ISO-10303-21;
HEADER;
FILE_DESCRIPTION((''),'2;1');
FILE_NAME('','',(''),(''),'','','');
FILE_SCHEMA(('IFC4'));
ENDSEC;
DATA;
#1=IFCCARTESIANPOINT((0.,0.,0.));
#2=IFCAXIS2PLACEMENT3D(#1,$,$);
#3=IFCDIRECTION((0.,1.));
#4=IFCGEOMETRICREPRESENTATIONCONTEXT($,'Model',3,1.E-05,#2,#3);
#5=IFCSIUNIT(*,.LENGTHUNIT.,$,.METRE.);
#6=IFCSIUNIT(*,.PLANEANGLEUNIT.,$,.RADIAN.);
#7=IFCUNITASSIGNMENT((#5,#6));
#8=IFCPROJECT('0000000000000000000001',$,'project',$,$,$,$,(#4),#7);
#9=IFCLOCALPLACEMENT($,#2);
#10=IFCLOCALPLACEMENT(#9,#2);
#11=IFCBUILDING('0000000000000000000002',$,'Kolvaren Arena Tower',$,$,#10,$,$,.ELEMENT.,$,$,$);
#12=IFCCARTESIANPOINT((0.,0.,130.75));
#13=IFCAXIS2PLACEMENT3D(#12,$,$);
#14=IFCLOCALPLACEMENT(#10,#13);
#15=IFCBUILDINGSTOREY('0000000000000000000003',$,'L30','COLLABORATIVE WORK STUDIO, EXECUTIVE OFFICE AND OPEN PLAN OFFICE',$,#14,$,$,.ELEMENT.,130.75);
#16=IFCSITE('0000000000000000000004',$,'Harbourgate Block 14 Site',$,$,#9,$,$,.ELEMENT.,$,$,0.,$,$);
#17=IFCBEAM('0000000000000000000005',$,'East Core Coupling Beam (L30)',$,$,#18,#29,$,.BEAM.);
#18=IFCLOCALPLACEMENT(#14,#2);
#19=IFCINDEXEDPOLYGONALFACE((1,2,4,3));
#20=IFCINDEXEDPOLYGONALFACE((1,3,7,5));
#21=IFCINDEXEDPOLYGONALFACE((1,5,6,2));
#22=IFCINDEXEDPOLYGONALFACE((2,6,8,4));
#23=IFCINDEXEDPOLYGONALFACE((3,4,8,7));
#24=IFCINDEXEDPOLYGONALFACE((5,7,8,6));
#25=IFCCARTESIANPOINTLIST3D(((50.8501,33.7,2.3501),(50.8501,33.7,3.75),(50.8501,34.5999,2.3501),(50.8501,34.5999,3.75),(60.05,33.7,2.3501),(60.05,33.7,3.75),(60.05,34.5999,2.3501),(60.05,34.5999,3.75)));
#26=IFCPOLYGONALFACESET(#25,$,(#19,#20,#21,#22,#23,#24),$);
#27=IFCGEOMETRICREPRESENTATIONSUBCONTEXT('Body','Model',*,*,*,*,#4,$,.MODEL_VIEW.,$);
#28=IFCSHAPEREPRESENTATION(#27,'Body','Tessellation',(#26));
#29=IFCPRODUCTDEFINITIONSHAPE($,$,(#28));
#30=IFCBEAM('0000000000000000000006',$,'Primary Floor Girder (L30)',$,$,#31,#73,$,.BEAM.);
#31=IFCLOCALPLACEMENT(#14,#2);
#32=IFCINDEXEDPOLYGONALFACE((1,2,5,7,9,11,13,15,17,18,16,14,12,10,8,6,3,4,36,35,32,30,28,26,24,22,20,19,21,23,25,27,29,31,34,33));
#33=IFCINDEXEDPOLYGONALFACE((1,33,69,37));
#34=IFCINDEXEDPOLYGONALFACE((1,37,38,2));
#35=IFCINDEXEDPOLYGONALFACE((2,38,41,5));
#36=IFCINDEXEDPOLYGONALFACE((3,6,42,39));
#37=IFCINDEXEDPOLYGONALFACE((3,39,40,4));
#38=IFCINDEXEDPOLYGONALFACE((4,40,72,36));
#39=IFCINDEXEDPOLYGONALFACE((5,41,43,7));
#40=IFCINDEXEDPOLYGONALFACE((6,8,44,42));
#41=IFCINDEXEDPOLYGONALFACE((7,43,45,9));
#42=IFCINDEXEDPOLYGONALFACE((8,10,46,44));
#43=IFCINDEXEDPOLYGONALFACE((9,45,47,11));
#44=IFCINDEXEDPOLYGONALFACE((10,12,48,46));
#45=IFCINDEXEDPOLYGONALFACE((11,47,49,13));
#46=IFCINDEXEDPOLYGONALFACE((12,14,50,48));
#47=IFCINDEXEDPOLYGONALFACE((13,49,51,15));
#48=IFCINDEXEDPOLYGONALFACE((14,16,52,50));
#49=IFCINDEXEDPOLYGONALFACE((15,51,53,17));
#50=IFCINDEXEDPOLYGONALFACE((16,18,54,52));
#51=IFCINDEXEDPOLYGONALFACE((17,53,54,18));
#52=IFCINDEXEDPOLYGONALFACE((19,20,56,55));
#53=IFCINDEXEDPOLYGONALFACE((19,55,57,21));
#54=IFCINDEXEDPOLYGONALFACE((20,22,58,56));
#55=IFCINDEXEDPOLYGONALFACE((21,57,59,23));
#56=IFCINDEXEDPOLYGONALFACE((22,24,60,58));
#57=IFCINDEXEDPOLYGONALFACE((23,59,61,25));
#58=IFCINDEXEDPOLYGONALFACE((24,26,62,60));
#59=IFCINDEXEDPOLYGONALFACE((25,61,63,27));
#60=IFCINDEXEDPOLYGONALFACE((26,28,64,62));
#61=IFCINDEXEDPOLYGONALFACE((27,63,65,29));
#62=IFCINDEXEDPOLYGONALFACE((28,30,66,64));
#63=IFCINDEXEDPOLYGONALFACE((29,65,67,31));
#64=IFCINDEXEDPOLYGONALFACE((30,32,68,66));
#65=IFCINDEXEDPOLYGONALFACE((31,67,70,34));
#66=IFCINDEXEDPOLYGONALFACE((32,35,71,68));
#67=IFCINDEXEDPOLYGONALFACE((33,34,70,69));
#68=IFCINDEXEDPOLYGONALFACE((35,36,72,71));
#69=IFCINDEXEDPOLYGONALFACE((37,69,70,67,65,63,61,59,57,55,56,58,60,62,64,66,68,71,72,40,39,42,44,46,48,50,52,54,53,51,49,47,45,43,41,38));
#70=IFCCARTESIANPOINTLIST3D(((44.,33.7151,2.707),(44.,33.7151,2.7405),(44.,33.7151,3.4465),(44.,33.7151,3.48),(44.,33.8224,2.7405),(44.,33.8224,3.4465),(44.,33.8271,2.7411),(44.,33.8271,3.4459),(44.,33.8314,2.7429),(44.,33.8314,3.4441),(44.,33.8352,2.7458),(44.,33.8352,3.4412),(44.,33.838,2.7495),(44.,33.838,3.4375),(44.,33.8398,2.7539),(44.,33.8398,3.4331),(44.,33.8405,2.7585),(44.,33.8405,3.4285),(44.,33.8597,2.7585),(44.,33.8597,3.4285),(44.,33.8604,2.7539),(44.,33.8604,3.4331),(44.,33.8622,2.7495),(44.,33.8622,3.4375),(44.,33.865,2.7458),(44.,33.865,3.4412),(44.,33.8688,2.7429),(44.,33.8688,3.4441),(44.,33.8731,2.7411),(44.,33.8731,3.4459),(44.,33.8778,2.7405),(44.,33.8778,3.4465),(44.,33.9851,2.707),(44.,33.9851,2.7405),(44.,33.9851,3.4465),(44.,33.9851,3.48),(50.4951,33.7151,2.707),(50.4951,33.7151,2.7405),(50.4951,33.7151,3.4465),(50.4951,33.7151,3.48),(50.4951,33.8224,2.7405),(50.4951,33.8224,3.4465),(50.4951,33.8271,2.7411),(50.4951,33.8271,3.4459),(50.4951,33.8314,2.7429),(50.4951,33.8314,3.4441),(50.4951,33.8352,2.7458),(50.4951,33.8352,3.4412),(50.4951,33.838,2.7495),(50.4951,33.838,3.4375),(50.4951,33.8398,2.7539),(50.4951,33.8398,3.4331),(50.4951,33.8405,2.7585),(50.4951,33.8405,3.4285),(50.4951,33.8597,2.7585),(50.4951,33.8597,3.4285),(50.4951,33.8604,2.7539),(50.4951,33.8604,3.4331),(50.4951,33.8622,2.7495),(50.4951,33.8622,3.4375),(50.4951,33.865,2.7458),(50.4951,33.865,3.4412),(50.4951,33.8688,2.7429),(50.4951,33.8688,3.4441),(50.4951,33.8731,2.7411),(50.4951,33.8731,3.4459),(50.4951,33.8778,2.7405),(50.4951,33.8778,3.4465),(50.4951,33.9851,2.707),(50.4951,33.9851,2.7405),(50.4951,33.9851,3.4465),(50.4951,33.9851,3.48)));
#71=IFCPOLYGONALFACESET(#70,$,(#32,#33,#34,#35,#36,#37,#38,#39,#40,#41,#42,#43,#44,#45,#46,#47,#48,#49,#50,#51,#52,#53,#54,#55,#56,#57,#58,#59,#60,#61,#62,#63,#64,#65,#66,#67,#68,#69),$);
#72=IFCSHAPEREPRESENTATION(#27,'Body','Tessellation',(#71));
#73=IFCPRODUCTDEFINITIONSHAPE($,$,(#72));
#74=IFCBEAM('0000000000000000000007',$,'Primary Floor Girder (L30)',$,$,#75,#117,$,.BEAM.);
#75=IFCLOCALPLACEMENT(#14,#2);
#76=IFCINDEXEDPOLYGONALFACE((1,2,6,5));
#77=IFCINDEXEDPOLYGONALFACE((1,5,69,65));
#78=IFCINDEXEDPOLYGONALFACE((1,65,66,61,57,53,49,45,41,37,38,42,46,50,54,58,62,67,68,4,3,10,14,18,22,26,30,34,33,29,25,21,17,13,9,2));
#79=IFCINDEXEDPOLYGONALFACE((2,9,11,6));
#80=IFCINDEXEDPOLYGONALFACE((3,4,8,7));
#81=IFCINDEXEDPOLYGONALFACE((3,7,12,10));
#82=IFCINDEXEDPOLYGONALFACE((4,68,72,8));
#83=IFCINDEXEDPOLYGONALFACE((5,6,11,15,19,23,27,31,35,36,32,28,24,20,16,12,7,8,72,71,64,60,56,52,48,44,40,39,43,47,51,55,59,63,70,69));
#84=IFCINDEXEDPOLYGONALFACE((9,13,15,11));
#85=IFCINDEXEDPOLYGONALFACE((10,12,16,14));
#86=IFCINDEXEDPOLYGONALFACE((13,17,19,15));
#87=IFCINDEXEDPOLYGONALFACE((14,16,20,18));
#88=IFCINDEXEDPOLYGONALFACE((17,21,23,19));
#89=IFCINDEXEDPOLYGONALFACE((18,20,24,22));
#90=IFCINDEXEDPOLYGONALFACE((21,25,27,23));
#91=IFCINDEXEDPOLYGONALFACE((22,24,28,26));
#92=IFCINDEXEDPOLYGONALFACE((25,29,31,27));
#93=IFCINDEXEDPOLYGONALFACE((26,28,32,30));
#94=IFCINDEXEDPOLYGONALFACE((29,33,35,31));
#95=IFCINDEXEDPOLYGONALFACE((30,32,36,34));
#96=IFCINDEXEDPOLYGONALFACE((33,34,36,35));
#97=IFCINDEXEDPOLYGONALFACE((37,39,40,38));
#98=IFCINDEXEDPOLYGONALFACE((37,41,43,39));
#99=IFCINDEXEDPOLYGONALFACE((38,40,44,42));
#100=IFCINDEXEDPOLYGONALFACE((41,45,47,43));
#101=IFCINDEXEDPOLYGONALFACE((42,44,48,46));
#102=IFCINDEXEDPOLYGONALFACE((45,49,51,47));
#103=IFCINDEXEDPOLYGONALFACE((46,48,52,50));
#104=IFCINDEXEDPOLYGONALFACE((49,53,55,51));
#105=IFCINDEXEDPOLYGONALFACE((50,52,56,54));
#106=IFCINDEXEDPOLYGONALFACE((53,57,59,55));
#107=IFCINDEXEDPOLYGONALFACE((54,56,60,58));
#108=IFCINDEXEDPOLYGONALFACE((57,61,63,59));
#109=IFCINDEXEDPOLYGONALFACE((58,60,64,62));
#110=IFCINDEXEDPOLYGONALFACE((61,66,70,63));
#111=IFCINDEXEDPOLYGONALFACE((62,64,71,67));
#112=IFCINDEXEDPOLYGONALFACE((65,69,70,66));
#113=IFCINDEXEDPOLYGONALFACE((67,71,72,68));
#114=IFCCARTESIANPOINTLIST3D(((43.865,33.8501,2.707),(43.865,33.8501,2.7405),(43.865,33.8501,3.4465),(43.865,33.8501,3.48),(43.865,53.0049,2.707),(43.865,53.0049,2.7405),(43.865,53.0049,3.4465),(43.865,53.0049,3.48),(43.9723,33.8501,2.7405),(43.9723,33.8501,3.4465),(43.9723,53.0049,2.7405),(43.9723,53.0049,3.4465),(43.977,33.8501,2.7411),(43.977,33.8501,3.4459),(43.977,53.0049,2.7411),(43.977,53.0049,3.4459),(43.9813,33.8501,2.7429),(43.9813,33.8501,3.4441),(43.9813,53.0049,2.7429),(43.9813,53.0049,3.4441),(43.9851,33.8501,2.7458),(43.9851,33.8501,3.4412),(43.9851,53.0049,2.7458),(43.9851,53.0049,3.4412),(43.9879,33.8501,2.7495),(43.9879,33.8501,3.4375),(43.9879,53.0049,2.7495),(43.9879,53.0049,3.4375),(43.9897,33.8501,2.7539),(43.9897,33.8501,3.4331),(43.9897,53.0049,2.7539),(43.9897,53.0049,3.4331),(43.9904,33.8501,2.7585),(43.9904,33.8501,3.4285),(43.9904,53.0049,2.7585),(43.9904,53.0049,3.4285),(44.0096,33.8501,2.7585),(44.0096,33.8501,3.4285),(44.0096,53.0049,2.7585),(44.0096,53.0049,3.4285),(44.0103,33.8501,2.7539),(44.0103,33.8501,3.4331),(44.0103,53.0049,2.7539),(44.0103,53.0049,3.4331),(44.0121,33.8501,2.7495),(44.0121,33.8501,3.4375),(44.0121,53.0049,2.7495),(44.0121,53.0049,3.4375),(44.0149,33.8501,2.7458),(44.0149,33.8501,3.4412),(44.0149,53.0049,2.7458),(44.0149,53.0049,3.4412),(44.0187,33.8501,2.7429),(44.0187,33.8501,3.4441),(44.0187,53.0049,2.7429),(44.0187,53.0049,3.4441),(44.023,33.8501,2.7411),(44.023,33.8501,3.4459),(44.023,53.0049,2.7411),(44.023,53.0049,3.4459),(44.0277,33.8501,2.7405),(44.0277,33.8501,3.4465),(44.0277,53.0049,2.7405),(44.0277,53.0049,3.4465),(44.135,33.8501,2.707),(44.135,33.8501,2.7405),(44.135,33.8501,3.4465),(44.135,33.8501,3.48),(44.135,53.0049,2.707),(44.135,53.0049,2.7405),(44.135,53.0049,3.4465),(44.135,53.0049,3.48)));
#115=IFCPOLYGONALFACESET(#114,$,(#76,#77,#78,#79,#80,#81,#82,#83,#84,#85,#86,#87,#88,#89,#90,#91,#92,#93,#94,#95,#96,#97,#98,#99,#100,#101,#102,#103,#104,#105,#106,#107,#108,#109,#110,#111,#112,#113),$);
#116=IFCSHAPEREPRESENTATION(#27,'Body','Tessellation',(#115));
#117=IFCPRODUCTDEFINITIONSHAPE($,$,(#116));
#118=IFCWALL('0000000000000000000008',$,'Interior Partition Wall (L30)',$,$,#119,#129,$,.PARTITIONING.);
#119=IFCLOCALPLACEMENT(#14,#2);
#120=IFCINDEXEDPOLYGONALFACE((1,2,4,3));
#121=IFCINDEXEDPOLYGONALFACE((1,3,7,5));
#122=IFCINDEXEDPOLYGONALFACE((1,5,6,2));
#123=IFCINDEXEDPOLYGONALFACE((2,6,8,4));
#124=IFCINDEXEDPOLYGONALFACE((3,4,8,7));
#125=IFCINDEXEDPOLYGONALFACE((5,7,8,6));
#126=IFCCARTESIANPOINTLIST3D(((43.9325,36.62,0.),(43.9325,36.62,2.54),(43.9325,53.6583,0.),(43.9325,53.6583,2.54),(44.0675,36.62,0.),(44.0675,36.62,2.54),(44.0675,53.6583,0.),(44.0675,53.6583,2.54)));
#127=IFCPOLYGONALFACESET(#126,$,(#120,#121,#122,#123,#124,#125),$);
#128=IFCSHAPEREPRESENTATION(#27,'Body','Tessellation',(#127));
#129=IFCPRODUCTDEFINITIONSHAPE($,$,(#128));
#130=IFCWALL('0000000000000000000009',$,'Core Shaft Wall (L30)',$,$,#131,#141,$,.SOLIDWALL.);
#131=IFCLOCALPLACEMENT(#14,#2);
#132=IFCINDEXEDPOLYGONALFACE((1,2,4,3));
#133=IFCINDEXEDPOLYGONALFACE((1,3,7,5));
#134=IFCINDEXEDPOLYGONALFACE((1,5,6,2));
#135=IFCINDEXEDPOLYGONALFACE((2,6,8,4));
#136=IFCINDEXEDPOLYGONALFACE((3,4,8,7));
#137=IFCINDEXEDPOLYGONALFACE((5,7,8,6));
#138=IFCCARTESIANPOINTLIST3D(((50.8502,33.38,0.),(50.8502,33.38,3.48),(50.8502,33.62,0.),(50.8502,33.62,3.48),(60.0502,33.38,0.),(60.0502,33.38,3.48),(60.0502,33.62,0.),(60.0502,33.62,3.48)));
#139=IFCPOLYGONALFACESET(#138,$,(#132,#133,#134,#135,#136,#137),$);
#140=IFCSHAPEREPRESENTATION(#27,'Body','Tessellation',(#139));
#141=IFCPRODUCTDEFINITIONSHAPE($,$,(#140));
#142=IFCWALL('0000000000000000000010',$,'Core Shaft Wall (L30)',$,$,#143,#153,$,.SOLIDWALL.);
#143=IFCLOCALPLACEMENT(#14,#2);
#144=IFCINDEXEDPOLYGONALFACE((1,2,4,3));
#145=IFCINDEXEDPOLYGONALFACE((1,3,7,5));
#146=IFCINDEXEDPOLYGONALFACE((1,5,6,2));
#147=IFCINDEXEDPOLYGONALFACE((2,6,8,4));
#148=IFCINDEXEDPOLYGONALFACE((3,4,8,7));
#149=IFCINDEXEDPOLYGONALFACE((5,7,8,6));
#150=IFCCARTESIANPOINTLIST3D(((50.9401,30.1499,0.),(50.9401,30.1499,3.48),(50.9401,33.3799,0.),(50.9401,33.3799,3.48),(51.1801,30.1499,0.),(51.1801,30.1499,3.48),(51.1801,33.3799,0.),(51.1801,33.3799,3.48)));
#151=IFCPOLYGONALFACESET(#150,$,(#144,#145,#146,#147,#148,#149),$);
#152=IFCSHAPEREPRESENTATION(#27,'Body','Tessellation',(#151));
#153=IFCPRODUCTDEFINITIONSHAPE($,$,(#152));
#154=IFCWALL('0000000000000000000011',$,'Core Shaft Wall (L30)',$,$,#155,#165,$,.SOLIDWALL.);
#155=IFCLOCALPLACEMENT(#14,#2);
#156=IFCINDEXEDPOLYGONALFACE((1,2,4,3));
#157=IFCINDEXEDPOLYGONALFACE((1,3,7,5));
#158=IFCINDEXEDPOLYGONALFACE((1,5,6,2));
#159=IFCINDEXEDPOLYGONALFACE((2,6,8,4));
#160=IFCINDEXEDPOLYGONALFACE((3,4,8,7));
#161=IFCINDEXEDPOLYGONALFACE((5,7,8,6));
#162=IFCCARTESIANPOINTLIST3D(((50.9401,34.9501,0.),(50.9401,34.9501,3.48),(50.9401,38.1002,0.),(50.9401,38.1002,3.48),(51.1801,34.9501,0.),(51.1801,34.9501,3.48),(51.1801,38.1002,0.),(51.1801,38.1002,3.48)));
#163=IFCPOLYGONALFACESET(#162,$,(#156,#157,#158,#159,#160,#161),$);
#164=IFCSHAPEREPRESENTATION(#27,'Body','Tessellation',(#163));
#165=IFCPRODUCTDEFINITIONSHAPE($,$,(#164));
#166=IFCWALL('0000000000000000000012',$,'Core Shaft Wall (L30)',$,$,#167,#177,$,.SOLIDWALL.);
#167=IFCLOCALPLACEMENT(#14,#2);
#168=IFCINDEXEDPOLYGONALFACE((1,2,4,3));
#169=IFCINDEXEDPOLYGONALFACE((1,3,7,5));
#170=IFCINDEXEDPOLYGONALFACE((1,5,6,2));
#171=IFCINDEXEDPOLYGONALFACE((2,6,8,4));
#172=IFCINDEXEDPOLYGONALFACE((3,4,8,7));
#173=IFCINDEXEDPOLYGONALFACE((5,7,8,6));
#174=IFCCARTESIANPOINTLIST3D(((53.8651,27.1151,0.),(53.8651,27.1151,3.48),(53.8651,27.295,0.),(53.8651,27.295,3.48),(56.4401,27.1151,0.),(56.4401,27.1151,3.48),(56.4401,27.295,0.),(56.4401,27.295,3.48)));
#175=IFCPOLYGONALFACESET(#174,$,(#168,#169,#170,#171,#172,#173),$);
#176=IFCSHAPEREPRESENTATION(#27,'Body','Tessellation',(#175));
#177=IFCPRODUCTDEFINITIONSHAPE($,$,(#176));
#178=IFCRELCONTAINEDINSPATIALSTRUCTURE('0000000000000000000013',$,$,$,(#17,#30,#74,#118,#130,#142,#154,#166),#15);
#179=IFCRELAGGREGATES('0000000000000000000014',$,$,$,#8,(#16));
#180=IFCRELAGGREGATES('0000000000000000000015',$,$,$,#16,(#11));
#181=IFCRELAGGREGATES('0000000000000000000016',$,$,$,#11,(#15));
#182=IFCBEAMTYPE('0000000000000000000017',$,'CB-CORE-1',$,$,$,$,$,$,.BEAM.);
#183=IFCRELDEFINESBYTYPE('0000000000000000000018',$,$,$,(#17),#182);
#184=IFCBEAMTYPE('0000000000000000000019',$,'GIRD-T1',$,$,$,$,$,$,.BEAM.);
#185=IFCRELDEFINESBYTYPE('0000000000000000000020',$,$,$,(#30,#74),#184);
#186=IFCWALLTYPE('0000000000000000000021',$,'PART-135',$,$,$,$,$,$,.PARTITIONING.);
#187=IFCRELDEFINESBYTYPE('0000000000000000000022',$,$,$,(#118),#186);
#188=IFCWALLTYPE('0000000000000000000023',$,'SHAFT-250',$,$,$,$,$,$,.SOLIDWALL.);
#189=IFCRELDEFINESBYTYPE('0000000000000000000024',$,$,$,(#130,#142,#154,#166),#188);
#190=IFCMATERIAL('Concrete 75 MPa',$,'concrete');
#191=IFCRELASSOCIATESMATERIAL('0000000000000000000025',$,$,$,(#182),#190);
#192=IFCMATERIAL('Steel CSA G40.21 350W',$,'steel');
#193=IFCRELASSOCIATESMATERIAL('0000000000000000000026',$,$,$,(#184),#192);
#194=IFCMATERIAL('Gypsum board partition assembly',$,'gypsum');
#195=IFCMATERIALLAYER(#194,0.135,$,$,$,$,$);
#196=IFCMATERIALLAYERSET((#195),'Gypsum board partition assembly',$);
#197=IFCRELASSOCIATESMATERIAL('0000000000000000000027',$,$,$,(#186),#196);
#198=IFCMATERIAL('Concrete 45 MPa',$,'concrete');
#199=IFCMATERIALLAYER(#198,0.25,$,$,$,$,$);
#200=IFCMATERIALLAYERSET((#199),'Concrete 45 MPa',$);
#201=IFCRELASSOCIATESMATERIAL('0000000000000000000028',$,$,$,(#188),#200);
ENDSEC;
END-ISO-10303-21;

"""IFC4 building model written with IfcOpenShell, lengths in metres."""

from ifc_helpers import new_model, si_unit, direction, frame, frame_2d, origin, origin_2d, place, context, subcontext, project, spatial, rectangle, i_section, extrude, material, layer, layer_set, material_profile, profile_set, type_object, element, save


model = new_model("IFC4")

# Units and contexts
model_context = context("Model", 3, precision=1e-05, world=origin(), true_north=direction((0.0, 1.0)))
body_context = subcontext(model_context, "Body", "Model", "MODEL_VIEW")
ifc_project = project(units=[si_unit("LENGTHUNIT", "METRE"), si_unit("PLANEANGLEUNIT", "RADIAN")], contexts=[model_context])

# Site, building, storey
site_placement = place(None, origin())
site = spatial("IfcSite", under=ifc_project, at=site_placement, Name="Harbourgate Block 14 Site", CompositionType="ELEMENT", RefElevation=0.0)
building_placement = place(site_placement, origin())
building = spatial("IfcBuilding", under=site, at=building_placement, Name="Kolvaren Arena Tower", CompositionType="ELEMENT")
storey_placement = place(building_placement, frame((0.0, 0.0, 130.75)))
storey = spatial("IfcBuildingStorey", under=building, at=storey_placement, Name="L30", Description="COLLABORATIVE WORK STUDIO, EXECUTIVE OFFICE AND OPEN PLAN OFFICE", CompositionType="ELEMENT", Elevation=130.75)

# Beams
ifc_material_1 = material(Name="Steel CSA G40.21 350W", Category="steel")
ifc_material_2 = material(Name="Concrete 75 MPa", Category="concrete")
ifc_material_profile_1 = material_profile(ifc_material_2, rectangle(XDim=0.8999, YDim=1.3999, at=origin_2d()), Name="RC-900x1400")
ifc_profile_set_1 = profile_set([ifc_material_profile_1], Name="Concrete 75 MPa")
beam_type_1 = type_object("IfcBeamType", Name="CB-CORE-1", PredefinedType="BEAM", material=ifc_profile_set_1)
beam_1_placement = place(storey_placement, frame((50.8501, 34.1499, 3.05), z_axis=(1.0, 0.0, 0.0), x_axis=(0.0, 1.0, 0.0)))
element("IfcBeam", 1, at=beam_1_placement, inside=storey, type_object=beam_type_1, Name="East Core Coupling Beam (L30)", PredefinedType="BEAM", context=body_context, shape_type="SweptSolid", body=[
    extrude(rectangle(XDim=0.8999, YDim=1.3999, at=origin_2d()), origin(), (0.0, 0.0, 1.0), 9.2),
])
ifc_material_profile_2 = material_profile(ifc_material_1, i_section(OverallWidth=0.27, OverallDepth=0.7729, WebThickness=0.0193, FlangeThickness=0.0334, FilletRadius=0.0181, at=origin_2d()), Name="W760x257")
ifc_profile_set_2 = profile_set([ifc_material_profile_2], Name="Steel CSA G40.21 350W")
beam_type_2 = type_object("IfcBeamType", Name="GIRD-T1", PredefinedType="BEAM", material=ifc_profile_set_2)
beam_2_placement = place(storey_placement, frame((44.0, 33.8501, 3.0935), z_axis=(1.0, 0.0, 0.0), x_axis=(0.0, 1.0, 0.0)))
element("IfcBeam", 2, at=beam_2_placement, inside=storey, type_object=beam_type_2, Name="Primary Floor Girder (L30)", PredefinedType="BEAM", context=body_context, shape_type="SweptSolid", body=[
    extrude(i_section(OverallWidth=0.27, OverallDepth=0.7729, WebThickness=0.0193, FlangeThickness=0.0334, FilletRadius=0.0181, at=origin_2d()), origin(), (0.0, 0.0, 1.0), 6.4951),
])
beam_3_placement = place(storey_placement, frame((44.0, 33.8501, 3.0935), z_axis=(0.0, 1.0, 0.0), x_axis=(-1.0, 0.0, 0.0)))
element("IfcBeam", 3, at=beam_3_placement, inside=storey, type_object=beam_type_2, Name="Primary Floor Girder (L30)", PredefinedType="BEAM", context=body_context, shape_type="SweptSolid", body=[
    extrude(i_section(OverallWidth=0.27, OverallDepth=0.7729, WebThickness=0.0193, FlangeThickness=0.0334, FilletRadius=0.0181, at=origin_2d()), origin(), (0.0, 0.0, 1.0), 19.1548),
])

# Walls
ifc_material_3 = material(Name="Gypsum board partition assembly", Category="gypsum")
ifc_layer_1 = layer(ifc_material_3, 0.135)
ifc_layer_set_1 = layer_set([ifc_layer_1], Name="Gypsum board partition assembly")
wall_type_1 = type_object("IfcWallType", Name="PART-135", PredefinedType="PARTITIONING", material=ifc_layer_set_1)
wall_1_placement = place(storey_placement, frame((44.0, 36.6201, 0.0), z_axis=(0.0, 0.0, 1.0), x_axis=(0.0, 1.0, 0.0)))
element("IfcWall", 4, at=wall_1_placement, inside=storey, type_object=wall_type_1, Name="Interior Partition Wall (L30)", PredefinedType="PARTITIONING", context=body_context, shape_type="SweptSolid", body=[
    extrude(rectangle(XDim=17.0383, YDim=0.135, at=frame_2d((8.519, 0.0))), origin(), (0.0, 0.0, 1.0), 2.54),
])
ifc_material_4 = material(Name="Concrete 45 MPa", Category="concrete")
ifc_layer_2 = layer(ifc_material_4, 0.25)
ifc_layer_set_2 = layer_set([ifc_layer_2], Name="Concrete 45 MPa")
wall_type_2 = type_object("IfcWallType", Name="SHAFT-250", PredefinedType="SOLIDWALL", material=ifc_layer_set_2)
wall_2_placement = place(storey_placement, frame((50.8501, 33.5, 0.0), z_axis=(0.0, 0.0, 1.0), x_axis=(1.0, 0.0, 0.0)))
element("IfcWall", 5, at=wall_2_placement, inside=storey, type_object=wall_type_2, Name="Core Shaft Wall (L30)", PredefinedType="SOLIDWALL", context=body_context, shape_type="SweptSolid", body=[
    extrude(rectangle(XDim=9.2, YDim=0.24, at=frame_2d((4.6001, 0.0))), origin(), (0.0, 0.0, 1.0), 3.48),
])
wall_3_placement = place(storey_placement, frame((51.0601, 30.1499, 0.0), z_axis=(0.0, 0.0, 1.0), x_axis=(0.0, 1.0, 0.0)))
element("IfcWall", 6, at=wall_3_placement, inside=storey, type_object=wall_type_2, Name="Core Shaft Wall (L30)", PredefinedType="SOLIDWALL", context=body_context, shape_type="SweptSolid", body=[
    extrude(rectangle(XDim=3.23, YDim=0.24, at=frame_2d((1.615, 0.0))), origin(), (0.0, 0.0, 1.0), 3.48),
])
wall_4_placement = place(storey_placement, frame((51.0601, 34.95, 0.0), z_axis=(0.0, 0.0, 1.0), x_axis=(0.0, 1.0, 0.0)))
element("IfcWall", 7, at=wall_4_placement, inside=storey, type_object=wall_type_2, Name="Core Shaft Wall (L30)", PredefinedType="SOLIDWALL", context=body_context, shape_type="SweptSolid", body=[
    extrude(rectangle(XDim=3.1501, YDim=0.24, at=frame_2d((1.5752, 0.0))), origin(), (0.0, 0.0, 1.0), 3.48),
])
wall_5_placement = place(storey_placement, frame((53.865, 27.2051, 0.0), z_axis=(0.0, 0.0, 1.0), x_axis=(1.0, 0.0, 0.0)))
element("IfcWall", 8, at=wall_5_placement, inside=storey, type_object=wall_type_2, Name="Core Shaft Wall (L30)", PredefinedType="SOLIDWALL", context=body_context, shape_type="SweptSolid", body=[
    extrude(rectangle(XDim=2.575, YDim=0.1799, at=frame_2d((1.2876, 0.0))), origin(), (0.0, 0.0, 1.0), 3.48),
])

save(model, "model.ifc")
